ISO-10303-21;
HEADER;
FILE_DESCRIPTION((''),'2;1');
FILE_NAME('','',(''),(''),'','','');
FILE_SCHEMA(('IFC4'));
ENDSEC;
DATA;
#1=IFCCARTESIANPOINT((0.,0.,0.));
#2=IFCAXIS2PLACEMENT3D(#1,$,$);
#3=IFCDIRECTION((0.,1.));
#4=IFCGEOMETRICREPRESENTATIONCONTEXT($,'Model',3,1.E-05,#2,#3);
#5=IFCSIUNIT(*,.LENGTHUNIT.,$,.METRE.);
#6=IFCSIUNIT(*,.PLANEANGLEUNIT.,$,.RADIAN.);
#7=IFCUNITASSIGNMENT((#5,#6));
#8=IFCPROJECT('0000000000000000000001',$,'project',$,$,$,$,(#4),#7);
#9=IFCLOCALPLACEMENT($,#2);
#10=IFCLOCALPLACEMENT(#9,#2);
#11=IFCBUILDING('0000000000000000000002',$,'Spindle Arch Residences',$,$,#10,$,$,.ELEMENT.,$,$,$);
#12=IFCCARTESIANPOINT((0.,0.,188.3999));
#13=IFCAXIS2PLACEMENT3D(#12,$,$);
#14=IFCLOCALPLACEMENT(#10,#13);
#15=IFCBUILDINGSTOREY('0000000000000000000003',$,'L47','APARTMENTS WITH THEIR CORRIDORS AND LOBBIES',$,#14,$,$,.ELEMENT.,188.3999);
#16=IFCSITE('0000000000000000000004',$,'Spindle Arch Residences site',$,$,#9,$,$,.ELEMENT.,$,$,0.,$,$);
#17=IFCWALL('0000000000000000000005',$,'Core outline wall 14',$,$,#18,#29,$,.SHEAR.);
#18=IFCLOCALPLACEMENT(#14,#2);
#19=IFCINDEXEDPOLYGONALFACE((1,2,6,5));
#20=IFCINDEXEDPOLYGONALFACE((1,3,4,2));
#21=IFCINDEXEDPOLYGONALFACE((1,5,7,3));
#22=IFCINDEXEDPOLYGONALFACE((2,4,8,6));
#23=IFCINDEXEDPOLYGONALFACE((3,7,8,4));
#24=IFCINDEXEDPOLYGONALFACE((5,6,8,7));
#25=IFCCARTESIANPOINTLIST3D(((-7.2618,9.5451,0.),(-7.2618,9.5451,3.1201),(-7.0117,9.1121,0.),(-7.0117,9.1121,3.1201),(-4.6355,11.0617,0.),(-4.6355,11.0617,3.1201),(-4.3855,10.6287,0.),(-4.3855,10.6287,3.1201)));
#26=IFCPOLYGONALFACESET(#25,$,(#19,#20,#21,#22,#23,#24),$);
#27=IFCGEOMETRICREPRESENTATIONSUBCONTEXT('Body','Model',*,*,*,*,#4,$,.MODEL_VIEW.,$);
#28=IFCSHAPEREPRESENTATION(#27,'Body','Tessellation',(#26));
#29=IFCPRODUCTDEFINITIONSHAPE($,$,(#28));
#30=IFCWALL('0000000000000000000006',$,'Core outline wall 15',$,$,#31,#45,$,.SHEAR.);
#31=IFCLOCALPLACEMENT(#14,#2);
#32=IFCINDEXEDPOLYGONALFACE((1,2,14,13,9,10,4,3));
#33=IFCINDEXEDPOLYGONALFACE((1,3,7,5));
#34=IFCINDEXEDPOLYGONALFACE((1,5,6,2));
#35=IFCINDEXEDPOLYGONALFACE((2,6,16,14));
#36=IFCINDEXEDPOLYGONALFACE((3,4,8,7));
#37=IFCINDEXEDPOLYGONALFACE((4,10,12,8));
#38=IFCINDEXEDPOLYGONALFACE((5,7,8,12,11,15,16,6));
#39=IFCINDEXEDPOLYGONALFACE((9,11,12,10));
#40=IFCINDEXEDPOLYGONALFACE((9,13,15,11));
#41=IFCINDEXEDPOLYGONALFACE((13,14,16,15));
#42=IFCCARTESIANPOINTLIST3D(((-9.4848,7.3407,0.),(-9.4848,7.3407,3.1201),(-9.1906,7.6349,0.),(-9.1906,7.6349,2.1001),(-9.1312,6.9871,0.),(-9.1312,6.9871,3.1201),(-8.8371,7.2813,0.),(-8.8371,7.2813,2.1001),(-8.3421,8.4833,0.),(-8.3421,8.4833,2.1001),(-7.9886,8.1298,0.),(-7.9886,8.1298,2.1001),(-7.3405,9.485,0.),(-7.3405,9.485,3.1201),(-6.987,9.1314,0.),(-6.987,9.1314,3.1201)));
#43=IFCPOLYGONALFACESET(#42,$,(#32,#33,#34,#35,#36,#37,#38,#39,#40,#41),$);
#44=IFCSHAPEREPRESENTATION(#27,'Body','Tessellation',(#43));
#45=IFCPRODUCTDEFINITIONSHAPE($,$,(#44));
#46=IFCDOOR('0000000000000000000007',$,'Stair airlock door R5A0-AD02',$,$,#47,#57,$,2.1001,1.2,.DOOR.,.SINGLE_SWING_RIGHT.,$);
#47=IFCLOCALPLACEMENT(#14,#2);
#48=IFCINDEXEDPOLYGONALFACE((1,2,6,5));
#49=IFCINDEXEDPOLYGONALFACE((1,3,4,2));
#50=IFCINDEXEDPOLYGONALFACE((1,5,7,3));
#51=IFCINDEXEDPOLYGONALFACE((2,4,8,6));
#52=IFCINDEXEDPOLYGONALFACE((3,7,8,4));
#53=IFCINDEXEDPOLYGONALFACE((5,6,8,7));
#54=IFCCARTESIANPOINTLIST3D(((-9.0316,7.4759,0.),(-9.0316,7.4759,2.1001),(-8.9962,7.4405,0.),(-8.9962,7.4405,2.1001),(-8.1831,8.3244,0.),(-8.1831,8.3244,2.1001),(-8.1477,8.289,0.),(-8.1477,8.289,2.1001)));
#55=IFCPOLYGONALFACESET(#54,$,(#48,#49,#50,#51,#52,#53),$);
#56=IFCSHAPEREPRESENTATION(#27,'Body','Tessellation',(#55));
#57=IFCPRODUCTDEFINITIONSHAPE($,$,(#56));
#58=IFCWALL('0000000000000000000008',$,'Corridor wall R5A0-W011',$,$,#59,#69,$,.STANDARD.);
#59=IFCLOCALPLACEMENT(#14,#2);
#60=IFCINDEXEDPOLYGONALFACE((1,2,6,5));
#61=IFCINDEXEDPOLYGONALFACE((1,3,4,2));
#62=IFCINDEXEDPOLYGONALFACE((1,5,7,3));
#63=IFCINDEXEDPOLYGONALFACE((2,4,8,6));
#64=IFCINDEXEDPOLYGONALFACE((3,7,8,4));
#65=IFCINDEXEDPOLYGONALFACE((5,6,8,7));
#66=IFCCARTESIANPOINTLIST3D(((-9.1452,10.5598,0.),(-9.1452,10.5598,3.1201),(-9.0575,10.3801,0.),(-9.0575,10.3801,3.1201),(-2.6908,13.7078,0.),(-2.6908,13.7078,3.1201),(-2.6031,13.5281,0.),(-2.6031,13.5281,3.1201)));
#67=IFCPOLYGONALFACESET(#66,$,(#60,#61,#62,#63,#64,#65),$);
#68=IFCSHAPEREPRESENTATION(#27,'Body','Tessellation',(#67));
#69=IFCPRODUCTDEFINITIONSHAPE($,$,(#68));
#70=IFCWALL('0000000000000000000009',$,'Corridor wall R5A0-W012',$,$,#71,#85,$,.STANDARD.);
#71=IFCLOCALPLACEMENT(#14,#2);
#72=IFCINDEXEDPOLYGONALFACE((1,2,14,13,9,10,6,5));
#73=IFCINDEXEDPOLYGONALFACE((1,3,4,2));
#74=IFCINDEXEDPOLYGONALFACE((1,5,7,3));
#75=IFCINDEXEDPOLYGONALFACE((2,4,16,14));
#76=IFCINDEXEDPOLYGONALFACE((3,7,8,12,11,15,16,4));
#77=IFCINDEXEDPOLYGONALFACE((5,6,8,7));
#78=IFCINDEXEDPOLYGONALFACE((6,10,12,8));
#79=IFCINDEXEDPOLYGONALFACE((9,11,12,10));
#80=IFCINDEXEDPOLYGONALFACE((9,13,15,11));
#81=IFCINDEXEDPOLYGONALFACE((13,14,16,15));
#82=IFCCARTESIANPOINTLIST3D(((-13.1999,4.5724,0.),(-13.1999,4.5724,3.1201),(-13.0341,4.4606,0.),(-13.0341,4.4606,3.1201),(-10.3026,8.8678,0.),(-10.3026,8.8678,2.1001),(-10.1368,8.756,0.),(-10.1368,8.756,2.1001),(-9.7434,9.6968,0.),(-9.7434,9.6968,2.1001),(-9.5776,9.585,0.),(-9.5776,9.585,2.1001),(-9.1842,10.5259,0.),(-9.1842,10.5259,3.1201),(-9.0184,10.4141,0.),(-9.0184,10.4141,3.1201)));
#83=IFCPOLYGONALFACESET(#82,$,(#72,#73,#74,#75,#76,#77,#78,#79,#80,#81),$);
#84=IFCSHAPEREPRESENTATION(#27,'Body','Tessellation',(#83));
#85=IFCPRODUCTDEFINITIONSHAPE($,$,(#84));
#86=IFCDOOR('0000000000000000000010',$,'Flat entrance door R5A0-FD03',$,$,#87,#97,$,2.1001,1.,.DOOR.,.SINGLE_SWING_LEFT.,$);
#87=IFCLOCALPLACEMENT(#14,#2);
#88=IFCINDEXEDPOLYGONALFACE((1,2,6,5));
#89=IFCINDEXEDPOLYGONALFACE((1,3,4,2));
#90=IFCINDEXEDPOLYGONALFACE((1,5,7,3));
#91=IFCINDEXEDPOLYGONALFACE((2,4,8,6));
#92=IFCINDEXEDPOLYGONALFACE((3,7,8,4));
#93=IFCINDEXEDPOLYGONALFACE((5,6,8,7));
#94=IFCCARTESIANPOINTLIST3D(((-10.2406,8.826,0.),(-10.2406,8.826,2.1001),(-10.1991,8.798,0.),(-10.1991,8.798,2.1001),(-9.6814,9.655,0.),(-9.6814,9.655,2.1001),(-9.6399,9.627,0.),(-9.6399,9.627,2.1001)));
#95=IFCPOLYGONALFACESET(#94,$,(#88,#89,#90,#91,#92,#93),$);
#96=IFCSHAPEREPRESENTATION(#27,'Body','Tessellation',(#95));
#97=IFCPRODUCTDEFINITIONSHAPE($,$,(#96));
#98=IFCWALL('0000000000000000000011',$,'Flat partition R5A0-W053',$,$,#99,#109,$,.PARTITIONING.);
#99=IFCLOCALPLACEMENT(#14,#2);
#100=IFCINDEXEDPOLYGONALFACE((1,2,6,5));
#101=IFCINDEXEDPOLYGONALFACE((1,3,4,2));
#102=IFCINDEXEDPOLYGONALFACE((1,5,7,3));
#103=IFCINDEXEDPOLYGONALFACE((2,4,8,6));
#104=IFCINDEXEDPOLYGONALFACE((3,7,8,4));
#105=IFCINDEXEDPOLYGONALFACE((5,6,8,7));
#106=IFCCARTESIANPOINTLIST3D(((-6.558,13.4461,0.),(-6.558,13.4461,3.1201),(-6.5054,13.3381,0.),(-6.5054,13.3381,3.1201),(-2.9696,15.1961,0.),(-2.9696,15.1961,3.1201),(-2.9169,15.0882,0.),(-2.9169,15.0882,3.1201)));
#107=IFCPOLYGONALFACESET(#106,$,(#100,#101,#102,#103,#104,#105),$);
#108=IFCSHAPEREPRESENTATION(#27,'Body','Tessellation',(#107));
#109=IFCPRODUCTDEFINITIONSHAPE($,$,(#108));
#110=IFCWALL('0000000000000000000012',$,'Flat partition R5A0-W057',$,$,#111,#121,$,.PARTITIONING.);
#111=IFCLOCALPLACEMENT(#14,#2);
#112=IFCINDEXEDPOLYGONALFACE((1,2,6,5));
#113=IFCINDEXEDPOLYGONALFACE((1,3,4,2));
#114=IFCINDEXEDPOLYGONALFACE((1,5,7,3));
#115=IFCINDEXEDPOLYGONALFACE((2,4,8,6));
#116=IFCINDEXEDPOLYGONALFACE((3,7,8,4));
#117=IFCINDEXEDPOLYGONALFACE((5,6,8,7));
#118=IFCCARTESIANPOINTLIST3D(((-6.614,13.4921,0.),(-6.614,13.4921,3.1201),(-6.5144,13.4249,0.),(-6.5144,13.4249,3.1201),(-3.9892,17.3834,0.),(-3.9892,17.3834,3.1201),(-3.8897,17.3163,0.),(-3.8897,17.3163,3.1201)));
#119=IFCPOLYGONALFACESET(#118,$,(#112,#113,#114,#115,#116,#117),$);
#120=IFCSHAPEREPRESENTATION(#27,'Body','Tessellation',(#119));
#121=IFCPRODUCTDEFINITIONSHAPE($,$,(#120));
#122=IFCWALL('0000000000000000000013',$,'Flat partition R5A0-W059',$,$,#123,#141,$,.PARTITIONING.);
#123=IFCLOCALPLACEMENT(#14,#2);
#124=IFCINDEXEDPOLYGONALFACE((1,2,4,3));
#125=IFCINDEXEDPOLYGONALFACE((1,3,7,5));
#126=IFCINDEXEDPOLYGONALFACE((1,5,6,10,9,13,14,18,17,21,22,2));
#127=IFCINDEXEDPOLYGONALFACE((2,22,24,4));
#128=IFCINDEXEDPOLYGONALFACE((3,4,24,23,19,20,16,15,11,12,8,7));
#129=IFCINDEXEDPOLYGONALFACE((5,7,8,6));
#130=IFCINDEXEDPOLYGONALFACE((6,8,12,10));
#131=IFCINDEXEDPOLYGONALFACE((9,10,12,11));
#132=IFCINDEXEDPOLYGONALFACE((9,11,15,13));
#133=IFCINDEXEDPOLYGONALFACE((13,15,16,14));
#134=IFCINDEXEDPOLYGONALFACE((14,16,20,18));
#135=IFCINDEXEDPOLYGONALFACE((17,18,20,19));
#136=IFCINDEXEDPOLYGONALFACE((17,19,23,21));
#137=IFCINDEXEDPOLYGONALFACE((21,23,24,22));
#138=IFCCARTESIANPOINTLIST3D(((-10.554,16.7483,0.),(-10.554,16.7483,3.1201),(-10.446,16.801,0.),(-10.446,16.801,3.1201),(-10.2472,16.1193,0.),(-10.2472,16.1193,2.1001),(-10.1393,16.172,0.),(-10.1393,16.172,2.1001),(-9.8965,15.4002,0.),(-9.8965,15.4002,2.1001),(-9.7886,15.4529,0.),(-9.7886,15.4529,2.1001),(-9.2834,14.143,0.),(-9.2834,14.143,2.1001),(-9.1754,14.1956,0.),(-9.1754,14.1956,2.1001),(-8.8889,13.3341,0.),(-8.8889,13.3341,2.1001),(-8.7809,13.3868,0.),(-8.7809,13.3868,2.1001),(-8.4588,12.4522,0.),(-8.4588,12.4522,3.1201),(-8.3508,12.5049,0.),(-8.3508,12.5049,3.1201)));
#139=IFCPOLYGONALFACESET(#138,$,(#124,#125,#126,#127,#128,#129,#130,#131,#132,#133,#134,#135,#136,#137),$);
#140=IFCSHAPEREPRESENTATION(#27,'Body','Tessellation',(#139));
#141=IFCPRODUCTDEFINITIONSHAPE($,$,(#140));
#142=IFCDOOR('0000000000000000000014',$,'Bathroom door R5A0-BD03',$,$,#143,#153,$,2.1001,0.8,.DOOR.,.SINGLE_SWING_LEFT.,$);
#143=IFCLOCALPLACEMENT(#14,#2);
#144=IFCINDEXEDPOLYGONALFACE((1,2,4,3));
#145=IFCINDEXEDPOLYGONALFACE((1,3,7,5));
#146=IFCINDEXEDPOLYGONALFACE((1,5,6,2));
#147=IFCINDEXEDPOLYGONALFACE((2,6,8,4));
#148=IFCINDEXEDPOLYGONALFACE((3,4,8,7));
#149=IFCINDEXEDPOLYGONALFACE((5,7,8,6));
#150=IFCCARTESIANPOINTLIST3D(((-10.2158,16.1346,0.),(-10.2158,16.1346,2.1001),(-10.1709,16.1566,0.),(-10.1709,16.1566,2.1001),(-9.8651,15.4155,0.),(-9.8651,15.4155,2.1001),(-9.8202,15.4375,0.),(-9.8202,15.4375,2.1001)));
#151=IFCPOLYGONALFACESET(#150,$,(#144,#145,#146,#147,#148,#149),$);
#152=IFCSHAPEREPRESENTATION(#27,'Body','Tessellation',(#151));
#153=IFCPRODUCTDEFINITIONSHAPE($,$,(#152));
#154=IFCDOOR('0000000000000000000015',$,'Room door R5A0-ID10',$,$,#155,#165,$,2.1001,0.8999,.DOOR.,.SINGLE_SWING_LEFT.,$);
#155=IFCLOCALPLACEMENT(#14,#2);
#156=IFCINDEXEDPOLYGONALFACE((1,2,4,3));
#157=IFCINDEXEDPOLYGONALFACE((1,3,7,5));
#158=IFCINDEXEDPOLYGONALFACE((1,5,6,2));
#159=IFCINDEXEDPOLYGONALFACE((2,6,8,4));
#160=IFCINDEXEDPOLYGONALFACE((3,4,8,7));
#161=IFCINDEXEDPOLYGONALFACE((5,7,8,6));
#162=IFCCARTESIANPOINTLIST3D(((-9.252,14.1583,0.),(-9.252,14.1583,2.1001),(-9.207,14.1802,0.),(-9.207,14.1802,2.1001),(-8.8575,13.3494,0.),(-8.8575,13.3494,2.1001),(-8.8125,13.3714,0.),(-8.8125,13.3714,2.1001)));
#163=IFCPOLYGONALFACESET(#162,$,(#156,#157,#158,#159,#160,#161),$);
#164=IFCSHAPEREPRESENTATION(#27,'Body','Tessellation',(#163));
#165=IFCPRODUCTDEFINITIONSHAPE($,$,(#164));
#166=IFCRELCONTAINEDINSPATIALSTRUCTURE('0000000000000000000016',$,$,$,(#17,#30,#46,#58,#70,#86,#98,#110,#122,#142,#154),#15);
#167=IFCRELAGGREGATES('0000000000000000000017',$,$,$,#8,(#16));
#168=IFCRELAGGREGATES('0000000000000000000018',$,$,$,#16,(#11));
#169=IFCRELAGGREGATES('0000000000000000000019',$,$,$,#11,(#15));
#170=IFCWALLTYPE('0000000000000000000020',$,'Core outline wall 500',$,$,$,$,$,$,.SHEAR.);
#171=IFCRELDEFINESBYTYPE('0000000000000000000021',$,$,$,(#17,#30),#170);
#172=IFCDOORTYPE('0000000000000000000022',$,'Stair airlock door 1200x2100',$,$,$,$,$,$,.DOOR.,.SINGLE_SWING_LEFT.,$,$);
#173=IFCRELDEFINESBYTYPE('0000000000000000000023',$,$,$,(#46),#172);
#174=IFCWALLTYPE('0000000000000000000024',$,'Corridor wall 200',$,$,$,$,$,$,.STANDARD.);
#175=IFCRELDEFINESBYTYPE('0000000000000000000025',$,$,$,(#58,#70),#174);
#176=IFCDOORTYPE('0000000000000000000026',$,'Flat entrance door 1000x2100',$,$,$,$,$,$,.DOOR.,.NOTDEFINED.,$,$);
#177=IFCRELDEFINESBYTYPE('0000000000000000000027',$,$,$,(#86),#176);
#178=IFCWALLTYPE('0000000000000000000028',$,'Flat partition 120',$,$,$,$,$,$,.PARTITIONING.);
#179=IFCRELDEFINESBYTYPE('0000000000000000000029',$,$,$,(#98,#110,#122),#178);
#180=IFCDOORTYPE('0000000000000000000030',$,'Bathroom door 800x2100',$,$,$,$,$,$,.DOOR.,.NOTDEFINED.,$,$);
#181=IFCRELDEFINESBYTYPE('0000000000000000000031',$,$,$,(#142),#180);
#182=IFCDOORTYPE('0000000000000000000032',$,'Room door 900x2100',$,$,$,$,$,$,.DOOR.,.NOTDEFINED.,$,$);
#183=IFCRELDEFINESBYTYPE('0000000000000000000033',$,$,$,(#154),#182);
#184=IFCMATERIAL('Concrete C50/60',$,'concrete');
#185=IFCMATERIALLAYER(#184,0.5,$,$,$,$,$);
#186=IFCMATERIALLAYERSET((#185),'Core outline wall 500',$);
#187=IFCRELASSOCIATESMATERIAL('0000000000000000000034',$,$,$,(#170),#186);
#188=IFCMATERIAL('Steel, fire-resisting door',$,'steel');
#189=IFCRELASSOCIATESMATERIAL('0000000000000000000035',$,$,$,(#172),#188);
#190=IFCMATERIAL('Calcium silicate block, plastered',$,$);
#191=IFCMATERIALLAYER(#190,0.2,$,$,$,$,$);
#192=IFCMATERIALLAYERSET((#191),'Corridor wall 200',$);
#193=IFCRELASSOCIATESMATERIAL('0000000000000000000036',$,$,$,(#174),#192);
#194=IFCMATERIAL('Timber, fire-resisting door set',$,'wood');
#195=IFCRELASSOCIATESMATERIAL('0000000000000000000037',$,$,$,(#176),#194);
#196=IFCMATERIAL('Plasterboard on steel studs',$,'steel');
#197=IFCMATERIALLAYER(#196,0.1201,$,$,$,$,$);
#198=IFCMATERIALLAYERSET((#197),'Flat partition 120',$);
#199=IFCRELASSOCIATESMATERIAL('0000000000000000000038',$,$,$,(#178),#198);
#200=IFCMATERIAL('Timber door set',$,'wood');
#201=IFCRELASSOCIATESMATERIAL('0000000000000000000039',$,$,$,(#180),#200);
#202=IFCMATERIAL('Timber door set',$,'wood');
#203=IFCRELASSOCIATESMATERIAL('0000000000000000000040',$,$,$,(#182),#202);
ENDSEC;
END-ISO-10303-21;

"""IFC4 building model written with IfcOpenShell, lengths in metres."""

from ifc_helpers import new_model, si_unit, direction, frame, frame_2d, origin, place, context, subcontext, project, spatial, rectangle, extrude, material, layer, layer_set, type_object, element, fill, save


model = new_model("IFC4")

# Units and contexts
model_context = context("Model", 3, precision=1e-05, world=origin(), true_north=direction((0.0, 1.0)))
body_context = subcontext(model_context, "Body", "Model", "MODEL_VIEW")
ifc_project = project(units=[si_unit("LENGTHUNIT", "METRE"), si_unit("PLANEANGLEUNIT", "RADIAN")], contexts=[model_context])

# Site, building, storey
site_placement = place(None, origin())
site = spatial("IfcSite", under=ifc_project, at=site_placement, Name="Spindle Arch Residences site", CompositionType="ELEMENT", RefElevation=0.0)
building_placement = place(site_placement, origin())
building = spatial("IfcBuilding", under=site, at=building_placement, Name="Spindle Arch Residences", CompositionType="ELEMENT")
storey_placement = place(building_placement, frame((0.0, 0.0, 188.3999)))
storey = spatial("IfcBuildingStorey", under=building, at=storey_placement, Name="L47", Description="APARTMENTS WITH THEIR CORRIDORS AND LOBBIES", CompositionType="ELEMENT", Elevation=188.3999)

# Wall
ifc_material_1 = material(Name="Concrete C50/60", Category="concrete")
ifc_layer_1 = layer(ifc_material_1, 0.5)
ifc_layer_set_1 = layer_set([ifc_layer_1], Name="Core outline wall 500")
wall_type_1 = type_object("IfcWallType", Name="Core outline wall 500", PredefinedType="SHEAR", material=ifc_layer_set_1)
wall_1_placement = place(storey_placement, frame((-4.5105, 10.8452, 0.0), z_axis=(0.0, 0.0, 1.0), x_axis=(-0.865975, -0.500087, 0.0)))
element("IfcWall", 1, at=wall_1_placement, inside=storey, type_object=wall_type_1, Name="Core outline wall 14", PredefinedType="SHEAR", context=body_context, shape_type="SweptSolid", body=[
    extrude(rectangle(XDim=3.0327, YDim=0.5, at=frame_2d((1.5164, 0.0))), origin(), (0.0, 0.0, 1.0), 3.1201),
])

# Wall, opening, door
wall_2_placement = place(storey_placement, frame((-7.1638, 9.3081, 0.0), z_axis=(0.0, 0.0, 1.0), x_axis=(-0.707107, -0.707107, 0.0)))
wall_2 = element("IfcWall", 2, at=wall_2_placement, inside=storey, type_object=wall_type_1, Name="Core outline wall 15", PredefinedType="SHEAR", context=body_context, shape_type="SweptSolid", body=[
    extrude(rectangle(XDim=3.0325, YDim=0.5, at=frame_2d((1.5161, 0.0))), origin(), (0.0, 0.0, 1.0), 3.1201),
])
opening_1_placement = place(wall_2_placement, frame((1.4163, 0.0, 0.0)))
opening_1 = element("IfcOpeningElement", 3, at=opening_1_placement, cuts=wall_2, PredefinedType="OPENING", context=body_context, shape_type="SweptSolid", body=[
    extrude(rectangle(XDim=1.2, YDim=2.1001, at=frame_2d((0.6001, 1.05))), frame((0.0, 0.26, 0.0), z_axis=(0.0, -1.0, 0.0), x_axis=(1.0, 0.0, 0.0)), (0.0, 0.0, 1.0), 0.52),
])
ifc_material_2 = material(Name="Steel, fire-resisting door", Category="steel")
door_type_1 = type_object("IfcDoorType", Name="Stair airlock door 1200x2100", OperationType="SINGLE_SWING_LEFT", PredefinedType="DOOR", material=ifc_material_2)
door_1_placement = place(opening_1_placement, origin())
door_1 = element("IfcDoor", 4, at=door_1_placement, inside=storey, type_object=door_type_1, Name="Stair airlock door R5A0-AD02", OperationType="SINGLE_SWING_RIGHT", OverallHeight=2.1001, OverallWidth=1.2, PredefinedType="DOOR", context=body_context, shape_type="SweptSolid", body=[
    extrude(rectangle(XDim=1.2, YDim=2.1001, at=frame_2d((0.6001, 1.05))), frame((0.0, 0.0249, 0.0), z_axis=(0.0, -1.0, 0.0), x_axis=(1.0, 0.0, 0.0)), (0.0, 0.0, 1.0), 0.05),
])
fill(opening_1, door_1)

# Wall
ifc_material_3 = material(Name="Calcium silicate block, plastered")
ifc_layer_2 = layer(ifc_material_3, 0.2)
ifc_layer_set_2 = layer_set([ifc_layer_2], Name="Corridor wall 200")
wall_type_2 = type_object("IfcWallType", Name="Corridor wall 200", PredefinedType="STANDARD", material=ifc_layer_set_2)
wall_3_placement = place(storey_placement, frame((-2.647, 13.6179, 0.0), z_axis=(0.0, 0.0, 1.0), x_axis=(-0.898797, -0.438366, 0.0)))
element("IfcWall", 5, at=wall_3_placement, inside=storey, type_object=wall_type_2, Name="Corridor wall R5A0-W011", PredefinedType="STANDARD", context=body_context, shape_type="SweptSolid", body=[
    extrude(rectangle(XDim=7.1812, YDim=0.2, at=frame_2d((3.5906, 0.0))), origin(), (0.0, 0.0, 1.0), 3.1201),
])

# Wall, opening, door
wall_4_placement = place(storey_placement, frame((-9.1013, 10.47, 0.0), z_axis=(0.0, 0.0, 1.0), x_axis=(-0.559195, -0.829036, 0.0)))
wall_4 = element("IfcWall", 6, at=wall_4_placement, inside=storey, type_object=wall_type_2, Name="Corridor wall R5A0-W012", PredefinedType="STANDARD", context=body_context, shape_type="SweptSolid", body=[
    extrude(rectangle(XDim=7.1812, YDim=0.2, at=frame_2d((3.5906, 0.0))), origin(), (0.0, 0.0, 1.0), 3.1201),
])
opening_2_placement = place(wall_4_placement, frame((1.0, 0.0, 0.0)))
opening_2 = element("IfcOpeningElement", 7, at=opening_2_placement, cuts=wall_4, PredefinedType="OPENING", context=body_context, shape_type="SweptSolid", body=[
    extrude(rectangle(XDim=1.0, YDim=2.1001, at=frame_2d((0.5, 1.05))), frame((0.0, 0.1099, 0.0), z_axis=(0.0, -1.0, 0.0), x_axis=(1.0, 0.0, 0.0)), (0.0, 0.0, 1.0), 0.22),
])
ifc_material_4 = material(Name="Timber, fire-resisting door set", Category="wood")
door_type_2 = type_object("IfcDoorType", Name="Flat entrance door 1000x2100", OperationType="NOTDEFINED", PredefinedType="DOOR", material=ifc_material_4)
door_2_placement = place(opening_2_placement, origin())
door_2 = element("IfcDoor", 8, at=door_2_placement, inside=storey, type_object=door_type_2, Name="Flat entrance door R5A0-FD03", OperationType="SINGLE_SWING_LEFT", OverallHeight=2.1001, OverallWidth=1.0, PredefinedType="DOOR", context=body_context, shape_type="SweptSolid", body=[
    extrude(rectangle(XDim=1.0, YDim=2.1001, at=frame_2d((0.5, 1.05))), frame((0.0, 0.0249, 0.0), z_axis=(0.0, -1.0, 0.0), x_axis=(1.0, 0.0, 0.0)), (0.0, 0.0, 1.0), 0.05),
])
fill(opening_2, door_2)

# Walls
ifc_material_5 = material(Name="Plasterboard on steel studs", Category="steel")
ifc_layer_3 = layer(ifc_material_5, 0.1201)
ifc_layer_set_3 = layer_set([ifc_layer_3], Name="Flat partition 120")
wall_type_3 = type_object("IfcWallType", Name="Flat partition 120", PredefinedType="PARTITIONING", material=ifc_layer_set_3)
wall_5_placement = place(storey_placement, frame((-2.9434, 15.1421, 0.0), z_axis=(0.0, 0.0, 1.0), x_axis=(-0.898811, -0.438337, 0.0)))
element("IfcWall", 9, at=wall_5_placement, inside=storey, type_object=wall_type_3, Name="Flat partition R5A0-W053", PredefinedType="PARTITIONING", context=body_context, shape_type="SweptSolid", body=[
    extrude(rectangle(XDim=3.9924, YDim=0.1201, at=frame_2d((1.9961, 0.0))), origin(), (0.0, 0.0, 1.0), 3.1201),
])
wall_6_placement = place(storey_placement, frame((-3.9395, 17.3499, 0.0), z_axis=(0.0, 0.0, 1.0), x_axis=(-0.559193, -0.829037, 0.0)))
element("IfcWall", 10, at=wall_6_placement, inside=storey, type_object=wall_type_3, Name="Flat partition R5A0-W057", PredefinedType="PARTITIONING", context=body_context, shape_type="SweptSolid", body=[
    extrude(rectangle(XDim=4.6938, YDim=0.1201, at=frame_2d((2.3469, 0.0))), origin(), (0.0, 0.0, 1.0), 3.1201),
])

# Wall, openings, doors
wall_7_placement = place(storey_placement, frame((-10.5, 16.7747, 0.0), z_axis=(0.0, 0.0, 1.0), x_axis=(0.438345, -0.898807, 0.0)))
wall_7 = element("IfcWall", 11, at=wall_7_placement, inside=storey, type_object=wall_type_3, Name="Flat partition R5A0-W059", PredefinedType="PARTITIONING", context=body_context, shape_type="SweptSolid", body=[
    extrude(rectangle(XDim=4.7798, YDim=0.1201, at=frame_2d((2.3899, 0.0))), origin(), (0.0, 0.0, 1.0), 3.1201),
])
opening_3_placement = place(wall_7_placement, frame((0.7, 0.0, 0.0)))
opening_3 = element("IfcOpeningElement", 12, at=opening_3_placement, cuts=wall_7, PredefinedType="OPENING", context=body_context, shape_type="SweptSolid", body=[
    extrude(rectangle(XDim=0.8, YDim=2.1001, at=frame_2d((0.3999, 1.05))), frame((0.0, 0.0701, 0.0), z_axis=(0.0, -1.0, 0.0), x_axis=(1.0, 0.0, 0.0)), (0.0, 0.0, 1.0), 0.1401),
])
opening_4_placement = place(wall_7_placement, frame((2.8987, 0.0, 0.0)))
opening_4 = element("IfcOpeningElement", 13, at=opening_4_placement, cuts=wall_7, PredefinedType="OPENING", context=body_context, shape_type="SweptSolid", body=[
    extrude(rectangle(XDim=0.8999, YDim=2.1001, at=frame_2d((0.45, 1.05))), frame((0.0, 0.0701, 0.0), z_axis=(0.0, -1.0, 0.0), x_axis=(1.0, 0.0, 0.0)), (0.0, 0.0, 1.0), 0.1401),
])
ifc_material_6 = material(Name="Timber door set", Category="wood")
door_type_3 = type_object("IfcDoorType", Name="Bathroom door 800x2100", OperationType="NOTDEFINED", PredefinedType="DOOR", material=ifc_material_6)
door_3_placement = place(opening_3_placement, origin())
door_3 = element("IfcDoor", 14, at=door_3_placement, inside=storey, type_object=door_type_3, Name="Bathroom door R5A0-BD03", OperationType="SINGLE_SWING_LEFT", OverallHeight=2.1001, OverallWidth=0.8, PredefinedType="DOOR", context=body_context, shape_type="SweptSolid", body=[
    extrude(rectangle(XDim=0.8, YDim=2.1001, at=frame_2d((0.3999, 1.05))), frame((0.0, 0.0249, 0.0), z_axis=(0.0, -1.0, 0.0), x_axis=(1.0, 0.0, 0.0)), (0.0, 0.0, 1.0), 0.05),
])
fill(opening_3, door_3)
ifc_material_7 = material(Name="Timber door set", Category="wood")
door_type_4 = type_object("IfcDoorType", Name="Room door 900x2100", OperationType="NOTDEFINED", PredefinedType="DOOR", material=ifc_material_7)
door_4_placement = place(opening_4_placement, origin())
door_4 = element("IfcDoor", 15, at=door_4_placement, inside=storey, type_object=door_type_4, Name="Room door R5A0-ID10", OperationType="SINGLE_SWING_LEFT", OverallHeight=2.1001, OverallWidth=0.8999, PredefinedType="DOOR", context=body_context, shape_type="SweptSolid", body=[
    extrude(rectangle(XDim=0.8999, YDim=2.1001, at=frame_2d((0.45, 1.05))), frame((0.0, 0.0249, 0.0), z_axis=(0.0, -1.0, 0.0), x_axis=(1.0, 0.0, 0.0)), (0.0, 0.0, 1.0), 0.05),
])
fill(opening_4, door_4)

save(model, "model.ifc")
